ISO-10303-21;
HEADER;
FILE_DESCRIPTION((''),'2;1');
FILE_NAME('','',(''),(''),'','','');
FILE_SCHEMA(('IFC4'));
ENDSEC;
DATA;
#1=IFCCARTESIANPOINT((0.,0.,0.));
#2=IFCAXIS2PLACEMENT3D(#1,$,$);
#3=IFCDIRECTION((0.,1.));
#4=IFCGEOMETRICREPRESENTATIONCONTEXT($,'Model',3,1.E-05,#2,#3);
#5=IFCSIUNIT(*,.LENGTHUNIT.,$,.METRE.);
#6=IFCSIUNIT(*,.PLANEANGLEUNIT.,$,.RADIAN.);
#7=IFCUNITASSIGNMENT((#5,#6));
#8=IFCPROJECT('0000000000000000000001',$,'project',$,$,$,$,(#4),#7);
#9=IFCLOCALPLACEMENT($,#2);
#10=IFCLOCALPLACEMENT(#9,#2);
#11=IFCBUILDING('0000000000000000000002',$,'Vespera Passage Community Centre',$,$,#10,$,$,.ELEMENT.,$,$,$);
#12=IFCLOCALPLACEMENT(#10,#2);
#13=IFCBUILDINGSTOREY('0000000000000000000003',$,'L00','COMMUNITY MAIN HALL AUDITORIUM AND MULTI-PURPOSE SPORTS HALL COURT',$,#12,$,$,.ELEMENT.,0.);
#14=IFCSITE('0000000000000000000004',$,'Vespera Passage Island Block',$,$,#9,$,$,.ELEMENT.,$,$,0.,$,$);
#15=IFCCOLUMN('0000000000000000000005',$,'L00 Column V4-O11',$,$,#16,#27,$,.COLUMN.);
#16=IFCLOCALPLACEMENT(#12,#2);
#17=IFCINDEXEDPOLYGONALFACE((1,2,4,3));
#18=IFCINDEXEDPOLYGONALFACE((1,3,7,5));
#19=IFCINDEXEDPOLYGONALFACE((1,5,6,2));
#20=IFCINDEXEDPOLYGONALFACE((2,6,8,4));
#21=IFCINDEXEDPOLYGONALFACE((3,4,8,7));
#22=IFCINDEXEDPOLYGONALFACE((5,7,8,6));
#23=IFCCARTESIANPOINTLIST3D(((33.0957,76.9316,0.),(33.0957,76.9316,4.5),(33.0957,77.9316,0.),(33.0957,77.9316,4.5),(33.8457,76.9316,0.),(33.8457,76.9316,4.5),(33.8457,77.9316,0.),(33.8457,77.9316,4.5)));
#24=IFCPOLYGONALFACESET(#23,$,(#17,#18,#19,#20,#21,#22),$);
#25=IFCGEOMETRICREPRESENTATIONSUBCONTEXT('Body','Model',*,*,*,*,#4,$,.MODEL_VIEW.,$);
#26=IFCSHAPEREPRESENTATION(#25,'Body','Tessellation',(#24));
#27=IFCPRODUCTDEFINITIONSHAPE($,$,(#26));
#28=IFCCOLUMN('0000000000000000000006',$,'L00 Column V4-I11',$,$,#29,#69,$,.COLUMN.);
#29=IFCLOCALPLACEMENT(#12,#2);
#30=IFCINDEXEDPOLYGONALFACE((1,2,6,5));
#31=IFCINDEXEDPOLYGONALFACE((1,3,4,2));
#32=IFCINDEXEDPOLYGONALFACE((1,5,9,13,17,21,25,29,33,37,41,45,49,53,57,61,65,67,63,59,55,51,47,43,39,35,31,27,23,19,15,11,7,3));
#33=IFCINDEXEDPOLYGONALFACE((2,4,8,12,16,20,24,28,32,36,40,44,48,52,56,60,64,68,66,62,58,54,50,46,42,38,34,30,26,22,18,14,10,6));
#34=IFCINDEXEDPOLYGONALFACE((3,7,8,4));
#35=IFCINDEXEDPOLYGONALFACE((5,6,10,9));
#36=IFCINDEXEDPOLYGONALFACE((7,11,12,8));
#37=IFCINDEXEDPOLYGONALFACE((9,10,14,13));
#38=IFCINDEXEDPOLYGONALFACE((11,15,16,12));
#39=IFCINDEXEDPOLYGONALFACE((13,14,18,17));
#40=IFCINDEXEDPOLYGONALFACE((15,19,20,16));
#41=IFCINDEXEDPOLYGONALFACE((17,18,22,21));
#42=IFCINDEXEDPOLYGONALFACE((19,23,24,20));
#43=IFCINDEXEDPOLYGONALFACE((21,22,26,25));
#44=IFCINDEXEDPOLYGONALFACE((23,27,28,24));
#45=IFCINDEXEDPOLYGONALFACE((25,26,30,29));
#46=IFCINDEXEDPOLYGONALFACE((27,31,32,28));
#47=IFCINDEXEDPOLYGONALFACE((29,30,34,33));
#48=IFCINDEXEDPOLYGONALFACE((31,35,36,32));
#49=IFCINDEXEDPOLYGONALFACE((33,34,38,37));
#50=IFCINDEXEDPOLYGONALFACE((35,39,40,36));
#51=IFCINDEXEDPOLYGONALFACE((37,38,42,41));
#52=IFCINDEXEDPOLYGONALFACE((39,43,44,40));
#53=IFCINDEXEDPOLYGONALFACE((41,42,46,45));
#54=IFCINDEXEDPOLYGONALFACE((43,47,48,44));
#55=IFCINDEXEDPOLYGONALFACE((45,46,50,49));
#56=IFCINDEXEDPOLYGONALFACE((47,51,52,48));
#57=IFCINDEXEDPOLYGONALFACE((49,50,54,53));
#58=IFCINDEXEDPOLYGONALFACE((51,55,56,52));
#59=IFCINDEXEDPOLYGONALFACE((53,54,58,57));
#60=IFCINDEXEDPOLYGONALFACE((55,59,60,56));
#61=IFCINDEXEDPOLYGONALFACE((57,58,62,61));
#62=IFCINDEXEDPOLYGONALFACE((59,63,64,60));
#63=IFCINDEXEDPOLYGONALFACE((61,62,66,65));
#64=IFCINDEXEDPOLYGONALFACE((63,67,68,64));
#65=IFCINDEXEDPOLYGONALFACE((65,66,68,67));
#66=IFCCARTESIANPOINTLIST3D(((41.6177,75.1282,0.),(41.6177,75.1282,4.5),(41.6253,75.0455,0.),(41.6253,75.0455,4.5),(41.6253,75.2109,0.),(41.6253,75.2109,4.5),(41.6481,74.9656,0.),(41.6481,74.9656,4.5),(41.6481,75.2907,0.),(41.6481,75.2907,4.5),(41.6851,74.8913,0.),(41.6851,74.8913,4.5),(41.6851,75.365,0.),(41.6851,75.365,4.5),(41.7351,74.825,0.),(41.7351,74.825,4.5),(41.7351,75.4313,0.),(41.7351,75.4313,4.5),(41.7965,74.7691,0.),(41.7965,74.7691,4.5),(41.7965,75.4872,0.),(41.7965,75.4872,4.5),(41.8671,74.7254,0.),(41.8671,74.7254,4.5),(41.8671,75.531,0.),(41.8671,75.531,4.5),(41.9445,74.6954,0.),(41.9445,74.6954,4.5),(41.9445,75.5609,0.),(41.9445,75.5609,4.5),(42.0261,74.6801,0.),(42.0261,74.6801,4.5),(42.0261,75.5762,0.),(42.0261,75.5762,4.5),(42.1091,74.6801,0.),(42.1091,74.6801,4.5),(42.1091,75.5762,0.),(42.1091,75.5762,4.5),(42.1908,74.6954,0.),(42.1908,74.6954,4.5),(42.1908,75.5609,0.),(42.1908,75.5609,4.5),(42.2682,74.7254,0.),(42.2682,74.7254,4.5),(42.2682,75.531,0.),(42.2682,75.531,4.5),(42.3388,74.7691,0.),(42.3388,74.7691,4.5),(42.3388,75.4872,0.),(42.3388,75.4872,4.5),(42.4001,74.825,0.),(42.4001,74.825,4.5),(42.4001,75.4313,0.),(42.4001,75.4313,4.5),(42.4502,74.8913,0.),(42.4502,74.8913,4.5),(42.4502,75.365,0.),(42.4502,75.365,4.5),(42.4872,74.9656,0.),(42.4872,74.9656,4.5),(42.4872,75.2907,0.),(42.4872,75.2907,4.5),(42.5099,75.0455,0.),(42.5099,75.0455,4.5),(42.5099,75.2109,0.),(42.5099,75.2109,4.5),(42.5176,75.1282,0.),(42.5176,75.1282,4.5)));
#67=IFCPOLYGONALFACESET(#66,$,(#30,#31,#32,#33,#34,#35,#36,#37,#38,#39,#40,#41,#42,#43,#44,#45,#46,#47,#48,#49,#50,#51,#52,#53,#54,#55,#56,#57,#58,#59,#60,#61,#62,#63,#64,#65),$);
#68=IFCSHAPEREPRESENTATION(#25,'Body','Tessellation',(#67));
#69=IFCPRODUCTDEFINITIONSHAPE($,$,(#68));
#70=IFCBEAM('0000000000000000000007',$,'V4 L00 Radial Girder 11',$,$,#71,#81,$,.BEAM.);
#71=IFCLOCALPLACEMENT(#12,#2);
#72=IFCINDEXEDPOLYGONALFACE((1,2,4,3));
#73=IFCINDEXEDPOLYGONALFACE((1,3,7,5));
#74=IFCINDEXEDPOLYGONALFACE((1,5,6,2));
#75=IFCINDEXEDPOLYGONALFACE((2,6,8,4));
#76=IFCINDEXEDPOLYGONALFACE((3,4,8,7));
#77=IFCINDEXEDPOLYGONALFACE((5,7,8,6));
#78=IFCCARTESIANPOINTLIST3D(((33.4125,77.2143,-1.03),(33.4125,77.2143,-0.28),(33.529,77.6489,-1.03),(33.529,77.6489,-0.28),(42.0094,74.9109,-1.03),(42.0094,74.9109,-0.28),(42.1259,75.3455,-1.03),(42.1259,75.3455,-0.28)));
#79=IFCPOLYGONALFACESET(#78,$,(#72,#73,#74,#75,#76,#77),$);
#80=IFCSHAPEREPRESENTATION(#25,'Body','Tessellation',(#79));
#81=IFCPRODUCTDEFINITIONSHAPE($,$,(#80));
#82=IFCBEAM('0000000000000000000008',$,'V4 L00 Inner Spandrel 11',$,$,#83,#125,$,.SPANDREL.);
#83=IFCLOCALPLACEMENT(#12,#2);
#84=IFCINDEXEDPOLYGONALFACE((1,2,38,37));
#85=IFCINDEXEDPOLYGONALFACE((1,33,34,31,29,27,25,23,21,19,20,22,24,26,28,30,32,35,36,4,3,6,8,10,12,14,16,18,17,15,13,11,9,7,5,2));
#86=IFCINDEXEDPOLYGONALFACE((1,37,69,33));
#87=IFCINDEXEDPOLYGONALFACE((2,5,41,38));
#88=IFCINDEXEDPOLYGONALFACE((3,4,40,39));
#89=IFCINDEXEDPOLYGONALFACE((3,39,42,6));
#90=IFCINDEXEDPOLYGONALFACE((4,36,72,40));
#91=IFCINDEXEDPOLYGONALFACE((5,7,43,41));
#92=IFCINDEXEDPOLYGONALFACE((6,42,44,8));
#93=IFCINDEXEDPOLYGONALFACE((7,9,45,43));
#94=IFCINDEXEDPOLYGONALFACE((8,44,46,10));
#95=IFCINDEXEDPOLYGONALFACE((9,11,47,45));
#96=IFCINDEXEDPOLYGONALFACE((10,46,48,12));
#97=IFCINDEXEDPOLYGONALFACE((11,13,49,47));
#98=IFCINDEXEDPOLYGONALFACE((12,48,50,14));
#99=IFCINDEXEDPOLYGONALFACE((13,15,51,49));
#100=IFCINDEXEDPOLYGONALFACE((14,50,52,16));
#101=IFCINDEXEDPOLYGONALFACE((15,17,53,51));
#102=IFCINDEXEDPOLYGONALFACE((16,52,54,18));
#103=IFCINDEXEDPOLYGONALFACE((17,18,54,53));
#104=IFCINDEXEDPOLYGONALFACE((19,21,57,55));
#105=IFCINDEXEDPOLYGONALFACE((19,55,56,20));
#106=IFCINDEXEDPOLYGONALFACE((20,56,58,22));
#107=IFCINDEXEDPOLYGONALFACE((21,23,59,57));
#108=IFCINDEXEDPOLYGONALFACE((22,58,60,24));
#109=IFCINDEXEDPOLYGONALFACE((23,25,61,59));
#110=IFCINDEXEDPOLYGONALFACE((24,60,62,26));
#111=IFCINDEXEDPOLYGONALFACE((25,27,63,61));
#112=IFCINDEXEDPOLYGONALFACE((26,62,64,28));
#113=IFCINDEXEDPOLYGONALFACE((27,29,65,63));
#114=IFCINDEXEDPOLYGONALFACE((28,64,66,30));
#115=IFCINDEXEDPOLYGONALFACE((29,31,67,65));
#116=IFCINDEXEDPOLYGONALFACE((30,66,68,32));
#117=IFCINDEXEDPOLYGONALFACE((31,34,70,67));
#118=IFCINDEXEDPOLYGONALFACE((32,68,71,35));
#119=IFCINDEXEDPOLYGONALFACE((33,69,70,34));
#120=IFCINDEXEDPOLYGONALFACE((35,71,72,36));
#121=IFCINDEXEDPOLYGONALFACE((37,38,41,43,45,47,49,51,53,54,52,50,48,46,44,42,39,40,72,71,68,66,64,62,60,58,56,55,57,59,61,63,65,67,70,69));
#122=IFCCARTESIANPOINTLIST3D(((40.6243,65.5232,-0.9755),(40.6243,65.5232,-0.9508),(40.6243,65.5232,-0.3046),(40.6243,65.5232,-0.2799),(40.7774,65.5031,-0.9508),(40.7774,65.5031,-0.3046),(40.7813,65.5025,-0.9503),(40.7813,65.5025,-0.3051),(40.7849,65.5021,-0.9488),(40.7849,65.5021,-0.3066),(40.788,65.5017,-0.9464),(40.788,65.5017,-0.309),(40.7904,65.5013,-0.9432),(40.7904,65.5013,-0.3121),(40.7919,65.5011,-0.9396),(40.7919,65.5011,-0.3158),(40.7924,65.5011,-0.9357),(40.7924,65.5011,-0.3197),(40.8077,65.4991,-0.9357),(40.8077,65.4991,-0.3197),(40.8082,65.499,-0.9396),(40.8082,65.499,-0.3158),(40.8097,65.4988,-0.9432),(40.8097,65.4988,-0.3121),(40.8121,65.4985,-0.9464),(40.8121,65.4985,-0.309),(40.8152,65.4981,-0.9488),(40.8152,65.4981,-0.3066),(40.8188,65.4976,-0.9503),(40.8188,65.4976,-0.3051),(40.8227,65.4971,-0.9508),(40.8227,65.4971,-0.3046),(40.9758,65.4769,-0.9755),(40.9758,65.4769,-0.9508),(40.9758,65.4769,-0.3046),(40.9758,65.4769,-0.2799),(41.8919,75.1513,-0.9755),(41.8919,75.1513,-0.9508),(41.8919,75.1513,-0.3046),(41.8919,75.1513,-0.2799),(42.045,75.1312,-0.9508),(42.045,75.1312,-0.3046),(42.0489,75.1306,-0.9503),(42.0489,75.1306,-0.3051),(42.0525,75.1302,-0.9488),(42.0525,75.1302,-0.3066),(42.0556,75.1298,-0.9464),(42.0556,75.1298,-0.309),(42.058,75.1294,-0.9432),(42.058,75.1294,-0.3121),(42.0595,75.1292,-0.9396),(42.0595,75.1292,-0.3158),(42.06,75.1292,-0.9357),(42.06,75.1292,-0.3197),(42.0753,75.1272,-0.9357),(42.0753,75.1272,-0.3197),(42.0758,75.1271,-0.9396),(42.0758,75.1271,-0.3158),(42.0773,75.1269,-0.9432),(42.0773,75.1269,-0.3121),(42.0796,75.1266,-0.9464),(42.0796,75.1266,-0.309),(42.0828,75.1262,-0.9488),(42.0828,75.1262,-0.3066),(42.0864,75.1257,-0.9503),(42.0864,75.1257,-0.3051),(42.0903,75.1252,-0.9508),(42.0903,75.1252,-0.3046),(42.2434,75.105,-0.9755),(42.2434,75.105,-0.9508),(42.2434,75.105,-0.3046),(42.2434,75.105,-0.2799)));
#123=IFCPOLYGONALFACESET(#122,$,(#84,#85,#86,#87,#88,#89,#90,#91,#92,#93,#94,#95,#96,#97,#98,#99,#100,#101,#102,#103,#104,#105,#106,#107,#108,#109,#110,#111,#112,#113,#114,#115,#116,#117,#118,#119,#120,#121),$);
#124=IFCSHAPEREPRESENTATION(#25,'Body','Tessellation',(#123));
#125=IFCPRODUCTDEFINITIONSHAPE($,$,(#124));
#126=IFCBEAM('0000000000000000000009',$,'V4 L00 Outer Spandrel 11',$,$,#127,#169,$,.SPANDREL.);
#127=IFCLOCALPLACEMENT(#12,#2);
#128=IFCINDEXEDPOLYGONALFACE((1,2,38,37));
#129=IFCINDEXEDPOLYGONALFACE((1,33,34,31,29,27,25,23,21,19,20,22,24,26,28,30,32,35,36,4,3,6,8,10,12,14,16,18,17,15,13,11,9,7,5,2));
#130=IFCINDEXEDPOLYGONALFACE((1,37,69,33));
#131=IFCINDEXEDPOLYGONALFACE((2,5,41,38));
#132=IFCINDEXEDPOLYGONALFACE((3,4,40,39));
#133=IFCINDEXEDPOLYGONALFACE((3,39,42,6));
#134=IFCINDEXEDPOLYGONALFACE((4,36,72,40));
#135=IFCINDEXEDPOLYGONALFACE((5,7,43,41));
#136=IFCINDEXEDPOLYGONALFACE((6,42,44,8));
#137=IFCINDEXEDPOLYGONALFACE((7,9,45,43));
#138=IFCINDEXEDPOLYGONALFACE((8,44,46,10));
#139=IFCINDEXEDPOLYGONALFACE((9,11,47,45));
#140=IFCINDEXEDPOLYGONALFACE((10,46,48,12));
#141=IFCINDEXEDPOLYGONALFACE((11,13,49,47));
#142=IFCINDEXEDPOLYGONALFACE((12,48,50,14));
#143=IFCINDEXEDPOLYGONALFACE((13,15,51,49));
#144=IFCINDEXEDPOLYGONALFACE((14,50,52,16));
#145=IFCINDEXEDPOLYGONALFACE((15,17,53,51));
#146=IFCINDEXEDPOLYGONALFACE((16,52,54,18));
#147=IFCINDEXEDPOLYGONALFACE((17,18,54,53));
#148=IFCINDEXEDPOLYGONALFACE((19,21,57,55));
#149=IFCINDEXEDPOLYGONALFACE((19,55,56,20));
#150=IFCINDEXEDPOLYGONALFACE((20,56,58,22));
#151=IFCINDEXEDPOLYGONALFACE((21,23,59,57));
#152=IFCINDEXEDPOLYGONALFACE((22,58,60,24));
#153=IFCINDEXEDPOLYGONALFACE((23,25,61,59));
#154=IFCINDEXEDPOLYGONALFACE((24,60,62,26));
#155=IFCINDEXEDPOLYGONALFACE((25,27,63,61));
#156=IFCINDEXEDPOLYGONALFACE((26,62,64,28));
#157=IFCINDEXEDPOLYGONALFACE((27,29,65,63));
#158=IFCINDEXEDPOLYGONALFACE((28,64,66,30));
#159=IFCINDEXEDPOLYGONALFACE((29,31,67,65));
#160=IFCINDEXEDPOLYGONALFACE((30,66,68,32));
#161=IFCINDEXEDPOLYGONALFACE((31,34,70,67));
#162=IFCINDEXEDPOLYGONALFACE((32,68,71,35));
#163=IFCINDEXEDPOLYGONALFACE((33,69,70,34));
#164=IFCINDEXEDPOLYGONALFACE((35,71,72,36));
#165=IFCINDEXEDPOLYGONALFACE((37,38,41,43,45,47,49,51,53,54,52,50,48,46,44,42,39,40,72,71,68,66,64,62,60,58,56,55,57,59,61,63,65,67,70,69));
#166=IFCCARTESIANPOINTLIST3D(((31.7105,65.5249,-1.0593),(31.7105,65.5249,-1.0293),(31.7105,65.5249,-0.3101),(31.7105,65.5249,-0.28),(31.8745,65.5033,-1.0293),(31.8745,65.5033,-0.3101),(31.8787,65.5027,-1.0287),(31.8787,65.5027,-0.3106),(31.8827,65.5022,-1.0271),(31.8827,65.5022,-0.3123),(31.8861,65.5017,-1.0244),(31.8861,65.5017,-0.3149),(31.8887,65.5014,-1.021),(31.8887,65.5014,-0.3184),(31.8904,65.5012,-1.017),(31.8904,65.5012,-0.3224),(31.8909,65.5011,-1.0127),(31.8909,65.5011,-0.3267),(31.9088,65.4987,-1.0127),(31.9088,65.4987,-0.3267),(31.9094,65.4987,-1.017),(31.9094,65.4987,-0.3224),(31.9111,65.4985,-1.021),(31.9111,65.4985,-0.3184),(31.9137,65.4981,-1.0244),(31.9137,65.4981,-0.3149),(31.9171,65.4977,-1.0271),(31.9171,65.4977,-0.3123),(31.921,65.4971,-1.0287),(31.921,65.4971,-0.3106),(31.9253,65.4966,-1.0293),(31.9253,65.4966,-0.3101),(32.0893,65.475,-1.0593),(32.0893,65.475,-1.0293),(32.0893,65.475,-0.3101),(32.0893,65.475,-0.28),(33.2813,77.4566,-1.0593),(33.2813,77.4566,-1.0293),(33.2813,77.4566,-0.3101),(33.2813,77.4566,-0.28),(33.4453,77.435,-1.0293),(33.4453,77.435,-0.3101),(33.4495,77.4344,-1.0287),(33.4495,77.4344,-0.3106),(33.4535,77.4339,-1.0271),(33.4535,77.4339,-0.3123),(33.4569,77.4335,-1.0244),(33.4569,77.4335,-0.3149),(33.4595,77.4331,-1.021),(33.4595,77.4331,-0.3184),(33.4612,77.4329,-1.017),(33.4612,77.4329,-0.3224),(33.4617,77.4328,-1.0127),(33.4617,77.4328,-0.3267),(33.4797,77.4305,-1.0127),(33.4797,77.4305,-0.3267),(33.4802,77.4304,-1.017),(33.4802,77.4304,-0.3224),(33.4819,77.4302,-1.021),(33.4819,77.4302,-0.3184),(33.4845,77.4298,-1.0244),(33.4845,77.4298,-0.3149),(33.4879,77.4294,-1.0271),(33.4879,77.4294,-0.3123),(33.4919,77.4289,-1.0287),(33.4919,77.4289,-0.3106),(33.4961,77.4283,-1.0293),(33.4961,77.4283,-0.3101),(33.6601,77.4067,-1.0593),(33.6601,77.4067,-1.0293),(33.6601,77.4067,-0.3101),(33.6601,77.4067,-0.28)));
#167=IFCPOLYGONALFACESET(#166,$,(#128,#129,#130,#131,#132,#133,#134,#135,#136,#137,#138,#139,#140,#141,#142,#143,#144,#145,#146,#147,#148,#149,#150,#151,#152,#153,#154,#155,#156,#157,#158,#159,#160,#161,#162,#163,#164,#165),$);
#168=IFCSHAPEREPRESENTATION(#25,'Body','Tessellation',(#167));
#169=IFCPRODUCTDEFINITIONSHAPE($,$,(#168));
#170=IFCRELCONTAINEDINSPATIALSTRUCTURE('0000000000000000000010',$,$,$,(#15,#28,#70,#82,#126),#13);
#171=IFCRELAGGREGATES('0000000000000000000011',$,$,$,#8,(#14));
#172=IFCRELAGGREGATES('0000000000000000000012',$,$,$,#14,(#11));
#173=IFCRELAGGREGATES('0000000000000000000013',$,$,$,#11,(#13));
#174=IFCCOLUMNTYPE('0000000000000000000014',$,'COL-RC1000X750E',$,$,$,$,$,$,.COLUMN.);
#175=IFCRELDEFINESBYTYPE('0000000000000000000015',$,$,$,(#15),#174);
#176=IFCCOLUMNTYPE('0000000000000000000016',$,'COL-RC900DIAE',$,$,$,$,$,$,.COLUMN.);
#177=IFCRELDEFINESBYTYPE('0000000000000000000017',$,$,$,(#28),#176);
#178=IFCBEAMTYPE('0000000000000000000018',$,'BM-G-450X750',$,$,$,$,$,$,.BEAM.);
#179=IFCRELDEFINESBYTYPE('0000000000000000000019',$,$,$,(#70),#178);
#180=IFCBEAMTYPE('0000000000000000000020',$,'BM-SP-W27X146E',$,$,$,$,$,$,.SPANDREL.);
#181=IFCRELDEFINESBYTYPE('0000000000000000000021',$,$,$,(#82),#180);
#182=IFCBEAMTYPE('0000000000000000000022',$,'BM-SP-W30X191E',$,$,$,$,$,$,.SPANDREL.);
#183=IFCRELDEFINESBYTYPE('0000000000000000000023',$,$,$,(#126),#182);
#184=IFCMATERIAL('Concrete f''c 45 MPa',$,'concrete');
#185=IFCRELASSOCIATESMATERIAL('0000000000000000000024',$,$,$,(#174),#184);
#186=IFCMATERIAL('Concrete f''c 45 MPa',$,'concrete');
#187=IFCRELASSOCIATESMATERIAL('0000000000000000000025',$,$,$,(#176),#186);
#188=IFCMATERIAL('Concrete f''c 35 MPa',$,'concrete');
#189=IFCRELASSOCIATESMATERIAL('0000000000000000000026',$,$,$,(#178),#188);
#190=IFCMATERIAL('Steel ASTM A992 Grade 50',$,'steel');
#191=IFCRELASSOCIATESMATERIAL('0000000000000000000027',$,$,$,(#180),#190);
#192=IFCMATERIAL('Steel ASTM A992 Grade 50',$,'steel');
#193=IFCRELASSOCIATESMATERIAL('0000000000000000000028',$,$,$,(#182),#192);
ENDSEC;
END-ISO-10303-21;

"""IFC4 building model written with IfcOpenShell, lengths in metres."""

from ifc_helpers import new_model, si_unit, direction, frame, origin, origin_2d, place, context, subcontext, project, spatial, rectangle, circle, i_section, extrude, material, material_profile, profile_set, type_object, element, save


model = new_model("IFC4")

# Units and contexts
model_context = context("Model", 3, precision=1e-05, world=origin(), true_north=direction((0.0, 1.0)))
body_context = subcontext(model_context, "Body", "Model", "MODEL_VIEW")
ifc_project = project(units=[si_unit("LENGTHUNIT", "METRE"), si_unit("PLANEANGLEUNIT", "RADIAN")], contexts=[model_context])

# Site, building, storey
site_placement = place(None, origin())
site = spatial("IfcSite", under=ifc_project, at=site_placement, Name="Vespera Passage Island Block", CompositionType="ELEMENT", RefElevation=0.0)
building_placement = place(site_placement, origin())
building = spatial("IfcBuilding", under=site, at=building_placement, Name="Vespera Passage Community Centre", CompositionType="ELEMENT")
storey_placement = place(building_placement, origin())
storey = spatial("IfcBuildingStorey", under=building, at=storey_placement, Name="L00", Description="COMMUNITY MAIN HALL AUDITORIUM AND MULTI-PURPOSE SPORTS HALL COURT", CompositionType="ELEMENT", Elevation=0.0)

# Columns
ifc_material_1 = material(Name="Concrete f'c 45 MPa", Category="concrete")
ifc_material_profile_1 = material_profile(ifc_material_1, rectangle(XDim=0.75, YDim=1.0, at=origin_2d()), Name="RC1000X750")
ifc_profile_set_1 = profile_set([ifc_material_profile_1], Name="Concrete f'c 45 MPa")
column_type_1 = type_object("IfcColumnType", Name="COL-RC1000X750E", PredefinedType="COLUMN", material=ifc_profile_set_1)
column_1_placement = place(storey_placement, frame((33.4707, 77.4316, 0.0), z_axis=(0.0, 0.0, 1.0), x_axis=(1.0, 0.0, 0.0)))
element("IfcColumn", 1, at=column_1_placement, inside=storey, type_object=column_type_1, Name="L00 Column V4-O11", PredefinedType="COLUMN", context=body_context, shape_type="SweptSolid", body=[
    extrude(rectangle(XDim=0.75, YDim=1.0, at=origin_2d()), origin(), (0.0, 0.0, 1.0), 4.5),
])
ifc_material_2 = material(Name="Concrete f'c 45 MPa", Category="concrete")
ifc_material_profile_2 = material_profile(ifc_material_2, circle(Radius=0.45, at=origin_2d()), Name="RC900DIA")
ifc_profile_set_2 = profile_set([ifc_material_profile_2], Name="Concrete f'c 45 MPa")
column_type_2 = type_object("IfcColumnType", Name="COL-RC900DIAE", PredefinedType="COLUMN", material=ifc_profile_set_2)
column_2_placement = place(storey_placement, frame((42.0676, 75.1282, 0.0), z_axis=(0.0, 0.0, 1.0), x_axis=(1.0, 0.0, 0.0)))
element("IfcColumn", 2, at=column_2_placement, inside=storey, type_object=column_type_2, Name="L00 Column V4-I11", PredefinedType="COLUMN", context=body_context, shape_type="SweptSolid", body=[
    extrude(circle(Radius=0.45, at=origin_2d()), origin(), (0.0, 0.0, 1.0), 4.5),
])

# Beams
ifc_material_3 = material(Name="Concrete f'c 35 MPa", Category="concrete")
ifc_material_profile_3 = material_profile(ifc_material_3, rectangle(XDim=0.45, YDim=0.75, at=origin_2d()), Name="RC450X750")
ifc_profile_set_3 = profile_set([ifc_material_profile_3], Name="Concrete f'c 35 MPa")
beam_type_1 = type_object("IfcBeamType", Name="BM-G-450X750", PredefinedType="BEAM", material=ifc_profile_set_3)
beam_1_placement = place(storey_placement, frame((42.0676, 75.1282, -0.655), z_axis=(-0.965928, 0.258811, 0.0), x_axis=(-0.258811, -0.965928, 0.0)))
element("IfcBeam", 3, at=beam_1_placement, inside=storey, type_object=beam_type_1, Name="V4 L00 Radial Girder 11", PredefinedType="BEAM", context=body_context, shape_type="SweptSolid", body=[
    extrude(rectangle(XDim=0.45, YDim=0.75, at=origin_2d()), origin(), (0.0, 0.0, 1.0), 8.9001),
])
ifc_material_4 = material(Name="Steel ASTM A992 Grade 50", Category="steel")
ifc_material_profile_4 = material_profile(ifc_material_4, i_section(OverallWidth=0.3545, OverallDepth=0.6956, WebThickness=0.0154, FlangeThickness=0.0247, FilletRadius=0.0151, at=origin_2d()), Name="W27X146")
ifc_profile_set_4 = profile_set([ifc_material_profile_4], Name="Steel ASTM A992 Grade 50")
beam_type_2 = type_object("IfcBeamType", Name="BM-SP-W27X146E", PredefinedType="SPANDREL", material=ifc_profile_set_4)
beam_2_placement = place(storey_placement, frame((42.0676, 75.1282, -0.6277), z_axis=(-0.130527, -0.991445, 0.0), x_axis=(0.991445, -0.130527, 0.0)))
element("IfcBeam", 4, at=beam_2_placement, inside=storey, type_object=beam_type_2, Name="V4 L00 Inner Spandrel 11", PredefinedType="SPANDREL", context=body_context, shape_type="SweptSolid", body=[
    extrude(i_section(OverallWidth=0.3545, OverallDepth=0.6956, WebThickness=0.0154, FlangeThickness=0.0247, FilletRadius=0.0151, at=origin_2d()), origin(), (0.0, 0.0, 1.0), 9.7112),
])
ifc_material_5 = material(Name="Steel ASTM A992 Grade 50", Category="steel")
ifc_material_profile_5 = material_profile(ifc_material_5, i_section(OverallWidth=0.3821, OverallDepth=0.7793, WebThickness=0.0181, FlangeThickness=0.03, FilletRadius=0.0166, at=origin_2d()), Name="W30X191")
ifc_profile_set_5 = profile_set([ifc_material_profile_5], Name="Steel ASTM A992 Grade 50")
beam_type_3 = type_object("IfcBeamType", Name="BM-SP-W30X191E", PredefinedType="SPANDREL", material=ifc_profile_set_5)
beam_3_placement = place(storey_placement, frame((33.4707, 77.4316, -0.6697), z_axis=(-0.130524, -0.991445, 0.0), x_axis=(0.991445, -0.130524, 0.0)))
element("IfcBeam", 5, at=beam_3_placement, inside=storey, type_object=beam_type_3, Name="V4 L00 Outer Spandrel 11", PredefinedType="SPANDREL", context=body_context, shape_type="SweptSolid", body=[
    extrude(i_section(OverallWidth=0.3821, OverallDepth=0.7793, WebThickness=0.0181, FlangeThickness=0.03, FilletRadius=0.0166, at=origin_2d()), origin(), (0.0, 0.0, 1.0), 12.0347),
])

save(model, "model.ifc")
